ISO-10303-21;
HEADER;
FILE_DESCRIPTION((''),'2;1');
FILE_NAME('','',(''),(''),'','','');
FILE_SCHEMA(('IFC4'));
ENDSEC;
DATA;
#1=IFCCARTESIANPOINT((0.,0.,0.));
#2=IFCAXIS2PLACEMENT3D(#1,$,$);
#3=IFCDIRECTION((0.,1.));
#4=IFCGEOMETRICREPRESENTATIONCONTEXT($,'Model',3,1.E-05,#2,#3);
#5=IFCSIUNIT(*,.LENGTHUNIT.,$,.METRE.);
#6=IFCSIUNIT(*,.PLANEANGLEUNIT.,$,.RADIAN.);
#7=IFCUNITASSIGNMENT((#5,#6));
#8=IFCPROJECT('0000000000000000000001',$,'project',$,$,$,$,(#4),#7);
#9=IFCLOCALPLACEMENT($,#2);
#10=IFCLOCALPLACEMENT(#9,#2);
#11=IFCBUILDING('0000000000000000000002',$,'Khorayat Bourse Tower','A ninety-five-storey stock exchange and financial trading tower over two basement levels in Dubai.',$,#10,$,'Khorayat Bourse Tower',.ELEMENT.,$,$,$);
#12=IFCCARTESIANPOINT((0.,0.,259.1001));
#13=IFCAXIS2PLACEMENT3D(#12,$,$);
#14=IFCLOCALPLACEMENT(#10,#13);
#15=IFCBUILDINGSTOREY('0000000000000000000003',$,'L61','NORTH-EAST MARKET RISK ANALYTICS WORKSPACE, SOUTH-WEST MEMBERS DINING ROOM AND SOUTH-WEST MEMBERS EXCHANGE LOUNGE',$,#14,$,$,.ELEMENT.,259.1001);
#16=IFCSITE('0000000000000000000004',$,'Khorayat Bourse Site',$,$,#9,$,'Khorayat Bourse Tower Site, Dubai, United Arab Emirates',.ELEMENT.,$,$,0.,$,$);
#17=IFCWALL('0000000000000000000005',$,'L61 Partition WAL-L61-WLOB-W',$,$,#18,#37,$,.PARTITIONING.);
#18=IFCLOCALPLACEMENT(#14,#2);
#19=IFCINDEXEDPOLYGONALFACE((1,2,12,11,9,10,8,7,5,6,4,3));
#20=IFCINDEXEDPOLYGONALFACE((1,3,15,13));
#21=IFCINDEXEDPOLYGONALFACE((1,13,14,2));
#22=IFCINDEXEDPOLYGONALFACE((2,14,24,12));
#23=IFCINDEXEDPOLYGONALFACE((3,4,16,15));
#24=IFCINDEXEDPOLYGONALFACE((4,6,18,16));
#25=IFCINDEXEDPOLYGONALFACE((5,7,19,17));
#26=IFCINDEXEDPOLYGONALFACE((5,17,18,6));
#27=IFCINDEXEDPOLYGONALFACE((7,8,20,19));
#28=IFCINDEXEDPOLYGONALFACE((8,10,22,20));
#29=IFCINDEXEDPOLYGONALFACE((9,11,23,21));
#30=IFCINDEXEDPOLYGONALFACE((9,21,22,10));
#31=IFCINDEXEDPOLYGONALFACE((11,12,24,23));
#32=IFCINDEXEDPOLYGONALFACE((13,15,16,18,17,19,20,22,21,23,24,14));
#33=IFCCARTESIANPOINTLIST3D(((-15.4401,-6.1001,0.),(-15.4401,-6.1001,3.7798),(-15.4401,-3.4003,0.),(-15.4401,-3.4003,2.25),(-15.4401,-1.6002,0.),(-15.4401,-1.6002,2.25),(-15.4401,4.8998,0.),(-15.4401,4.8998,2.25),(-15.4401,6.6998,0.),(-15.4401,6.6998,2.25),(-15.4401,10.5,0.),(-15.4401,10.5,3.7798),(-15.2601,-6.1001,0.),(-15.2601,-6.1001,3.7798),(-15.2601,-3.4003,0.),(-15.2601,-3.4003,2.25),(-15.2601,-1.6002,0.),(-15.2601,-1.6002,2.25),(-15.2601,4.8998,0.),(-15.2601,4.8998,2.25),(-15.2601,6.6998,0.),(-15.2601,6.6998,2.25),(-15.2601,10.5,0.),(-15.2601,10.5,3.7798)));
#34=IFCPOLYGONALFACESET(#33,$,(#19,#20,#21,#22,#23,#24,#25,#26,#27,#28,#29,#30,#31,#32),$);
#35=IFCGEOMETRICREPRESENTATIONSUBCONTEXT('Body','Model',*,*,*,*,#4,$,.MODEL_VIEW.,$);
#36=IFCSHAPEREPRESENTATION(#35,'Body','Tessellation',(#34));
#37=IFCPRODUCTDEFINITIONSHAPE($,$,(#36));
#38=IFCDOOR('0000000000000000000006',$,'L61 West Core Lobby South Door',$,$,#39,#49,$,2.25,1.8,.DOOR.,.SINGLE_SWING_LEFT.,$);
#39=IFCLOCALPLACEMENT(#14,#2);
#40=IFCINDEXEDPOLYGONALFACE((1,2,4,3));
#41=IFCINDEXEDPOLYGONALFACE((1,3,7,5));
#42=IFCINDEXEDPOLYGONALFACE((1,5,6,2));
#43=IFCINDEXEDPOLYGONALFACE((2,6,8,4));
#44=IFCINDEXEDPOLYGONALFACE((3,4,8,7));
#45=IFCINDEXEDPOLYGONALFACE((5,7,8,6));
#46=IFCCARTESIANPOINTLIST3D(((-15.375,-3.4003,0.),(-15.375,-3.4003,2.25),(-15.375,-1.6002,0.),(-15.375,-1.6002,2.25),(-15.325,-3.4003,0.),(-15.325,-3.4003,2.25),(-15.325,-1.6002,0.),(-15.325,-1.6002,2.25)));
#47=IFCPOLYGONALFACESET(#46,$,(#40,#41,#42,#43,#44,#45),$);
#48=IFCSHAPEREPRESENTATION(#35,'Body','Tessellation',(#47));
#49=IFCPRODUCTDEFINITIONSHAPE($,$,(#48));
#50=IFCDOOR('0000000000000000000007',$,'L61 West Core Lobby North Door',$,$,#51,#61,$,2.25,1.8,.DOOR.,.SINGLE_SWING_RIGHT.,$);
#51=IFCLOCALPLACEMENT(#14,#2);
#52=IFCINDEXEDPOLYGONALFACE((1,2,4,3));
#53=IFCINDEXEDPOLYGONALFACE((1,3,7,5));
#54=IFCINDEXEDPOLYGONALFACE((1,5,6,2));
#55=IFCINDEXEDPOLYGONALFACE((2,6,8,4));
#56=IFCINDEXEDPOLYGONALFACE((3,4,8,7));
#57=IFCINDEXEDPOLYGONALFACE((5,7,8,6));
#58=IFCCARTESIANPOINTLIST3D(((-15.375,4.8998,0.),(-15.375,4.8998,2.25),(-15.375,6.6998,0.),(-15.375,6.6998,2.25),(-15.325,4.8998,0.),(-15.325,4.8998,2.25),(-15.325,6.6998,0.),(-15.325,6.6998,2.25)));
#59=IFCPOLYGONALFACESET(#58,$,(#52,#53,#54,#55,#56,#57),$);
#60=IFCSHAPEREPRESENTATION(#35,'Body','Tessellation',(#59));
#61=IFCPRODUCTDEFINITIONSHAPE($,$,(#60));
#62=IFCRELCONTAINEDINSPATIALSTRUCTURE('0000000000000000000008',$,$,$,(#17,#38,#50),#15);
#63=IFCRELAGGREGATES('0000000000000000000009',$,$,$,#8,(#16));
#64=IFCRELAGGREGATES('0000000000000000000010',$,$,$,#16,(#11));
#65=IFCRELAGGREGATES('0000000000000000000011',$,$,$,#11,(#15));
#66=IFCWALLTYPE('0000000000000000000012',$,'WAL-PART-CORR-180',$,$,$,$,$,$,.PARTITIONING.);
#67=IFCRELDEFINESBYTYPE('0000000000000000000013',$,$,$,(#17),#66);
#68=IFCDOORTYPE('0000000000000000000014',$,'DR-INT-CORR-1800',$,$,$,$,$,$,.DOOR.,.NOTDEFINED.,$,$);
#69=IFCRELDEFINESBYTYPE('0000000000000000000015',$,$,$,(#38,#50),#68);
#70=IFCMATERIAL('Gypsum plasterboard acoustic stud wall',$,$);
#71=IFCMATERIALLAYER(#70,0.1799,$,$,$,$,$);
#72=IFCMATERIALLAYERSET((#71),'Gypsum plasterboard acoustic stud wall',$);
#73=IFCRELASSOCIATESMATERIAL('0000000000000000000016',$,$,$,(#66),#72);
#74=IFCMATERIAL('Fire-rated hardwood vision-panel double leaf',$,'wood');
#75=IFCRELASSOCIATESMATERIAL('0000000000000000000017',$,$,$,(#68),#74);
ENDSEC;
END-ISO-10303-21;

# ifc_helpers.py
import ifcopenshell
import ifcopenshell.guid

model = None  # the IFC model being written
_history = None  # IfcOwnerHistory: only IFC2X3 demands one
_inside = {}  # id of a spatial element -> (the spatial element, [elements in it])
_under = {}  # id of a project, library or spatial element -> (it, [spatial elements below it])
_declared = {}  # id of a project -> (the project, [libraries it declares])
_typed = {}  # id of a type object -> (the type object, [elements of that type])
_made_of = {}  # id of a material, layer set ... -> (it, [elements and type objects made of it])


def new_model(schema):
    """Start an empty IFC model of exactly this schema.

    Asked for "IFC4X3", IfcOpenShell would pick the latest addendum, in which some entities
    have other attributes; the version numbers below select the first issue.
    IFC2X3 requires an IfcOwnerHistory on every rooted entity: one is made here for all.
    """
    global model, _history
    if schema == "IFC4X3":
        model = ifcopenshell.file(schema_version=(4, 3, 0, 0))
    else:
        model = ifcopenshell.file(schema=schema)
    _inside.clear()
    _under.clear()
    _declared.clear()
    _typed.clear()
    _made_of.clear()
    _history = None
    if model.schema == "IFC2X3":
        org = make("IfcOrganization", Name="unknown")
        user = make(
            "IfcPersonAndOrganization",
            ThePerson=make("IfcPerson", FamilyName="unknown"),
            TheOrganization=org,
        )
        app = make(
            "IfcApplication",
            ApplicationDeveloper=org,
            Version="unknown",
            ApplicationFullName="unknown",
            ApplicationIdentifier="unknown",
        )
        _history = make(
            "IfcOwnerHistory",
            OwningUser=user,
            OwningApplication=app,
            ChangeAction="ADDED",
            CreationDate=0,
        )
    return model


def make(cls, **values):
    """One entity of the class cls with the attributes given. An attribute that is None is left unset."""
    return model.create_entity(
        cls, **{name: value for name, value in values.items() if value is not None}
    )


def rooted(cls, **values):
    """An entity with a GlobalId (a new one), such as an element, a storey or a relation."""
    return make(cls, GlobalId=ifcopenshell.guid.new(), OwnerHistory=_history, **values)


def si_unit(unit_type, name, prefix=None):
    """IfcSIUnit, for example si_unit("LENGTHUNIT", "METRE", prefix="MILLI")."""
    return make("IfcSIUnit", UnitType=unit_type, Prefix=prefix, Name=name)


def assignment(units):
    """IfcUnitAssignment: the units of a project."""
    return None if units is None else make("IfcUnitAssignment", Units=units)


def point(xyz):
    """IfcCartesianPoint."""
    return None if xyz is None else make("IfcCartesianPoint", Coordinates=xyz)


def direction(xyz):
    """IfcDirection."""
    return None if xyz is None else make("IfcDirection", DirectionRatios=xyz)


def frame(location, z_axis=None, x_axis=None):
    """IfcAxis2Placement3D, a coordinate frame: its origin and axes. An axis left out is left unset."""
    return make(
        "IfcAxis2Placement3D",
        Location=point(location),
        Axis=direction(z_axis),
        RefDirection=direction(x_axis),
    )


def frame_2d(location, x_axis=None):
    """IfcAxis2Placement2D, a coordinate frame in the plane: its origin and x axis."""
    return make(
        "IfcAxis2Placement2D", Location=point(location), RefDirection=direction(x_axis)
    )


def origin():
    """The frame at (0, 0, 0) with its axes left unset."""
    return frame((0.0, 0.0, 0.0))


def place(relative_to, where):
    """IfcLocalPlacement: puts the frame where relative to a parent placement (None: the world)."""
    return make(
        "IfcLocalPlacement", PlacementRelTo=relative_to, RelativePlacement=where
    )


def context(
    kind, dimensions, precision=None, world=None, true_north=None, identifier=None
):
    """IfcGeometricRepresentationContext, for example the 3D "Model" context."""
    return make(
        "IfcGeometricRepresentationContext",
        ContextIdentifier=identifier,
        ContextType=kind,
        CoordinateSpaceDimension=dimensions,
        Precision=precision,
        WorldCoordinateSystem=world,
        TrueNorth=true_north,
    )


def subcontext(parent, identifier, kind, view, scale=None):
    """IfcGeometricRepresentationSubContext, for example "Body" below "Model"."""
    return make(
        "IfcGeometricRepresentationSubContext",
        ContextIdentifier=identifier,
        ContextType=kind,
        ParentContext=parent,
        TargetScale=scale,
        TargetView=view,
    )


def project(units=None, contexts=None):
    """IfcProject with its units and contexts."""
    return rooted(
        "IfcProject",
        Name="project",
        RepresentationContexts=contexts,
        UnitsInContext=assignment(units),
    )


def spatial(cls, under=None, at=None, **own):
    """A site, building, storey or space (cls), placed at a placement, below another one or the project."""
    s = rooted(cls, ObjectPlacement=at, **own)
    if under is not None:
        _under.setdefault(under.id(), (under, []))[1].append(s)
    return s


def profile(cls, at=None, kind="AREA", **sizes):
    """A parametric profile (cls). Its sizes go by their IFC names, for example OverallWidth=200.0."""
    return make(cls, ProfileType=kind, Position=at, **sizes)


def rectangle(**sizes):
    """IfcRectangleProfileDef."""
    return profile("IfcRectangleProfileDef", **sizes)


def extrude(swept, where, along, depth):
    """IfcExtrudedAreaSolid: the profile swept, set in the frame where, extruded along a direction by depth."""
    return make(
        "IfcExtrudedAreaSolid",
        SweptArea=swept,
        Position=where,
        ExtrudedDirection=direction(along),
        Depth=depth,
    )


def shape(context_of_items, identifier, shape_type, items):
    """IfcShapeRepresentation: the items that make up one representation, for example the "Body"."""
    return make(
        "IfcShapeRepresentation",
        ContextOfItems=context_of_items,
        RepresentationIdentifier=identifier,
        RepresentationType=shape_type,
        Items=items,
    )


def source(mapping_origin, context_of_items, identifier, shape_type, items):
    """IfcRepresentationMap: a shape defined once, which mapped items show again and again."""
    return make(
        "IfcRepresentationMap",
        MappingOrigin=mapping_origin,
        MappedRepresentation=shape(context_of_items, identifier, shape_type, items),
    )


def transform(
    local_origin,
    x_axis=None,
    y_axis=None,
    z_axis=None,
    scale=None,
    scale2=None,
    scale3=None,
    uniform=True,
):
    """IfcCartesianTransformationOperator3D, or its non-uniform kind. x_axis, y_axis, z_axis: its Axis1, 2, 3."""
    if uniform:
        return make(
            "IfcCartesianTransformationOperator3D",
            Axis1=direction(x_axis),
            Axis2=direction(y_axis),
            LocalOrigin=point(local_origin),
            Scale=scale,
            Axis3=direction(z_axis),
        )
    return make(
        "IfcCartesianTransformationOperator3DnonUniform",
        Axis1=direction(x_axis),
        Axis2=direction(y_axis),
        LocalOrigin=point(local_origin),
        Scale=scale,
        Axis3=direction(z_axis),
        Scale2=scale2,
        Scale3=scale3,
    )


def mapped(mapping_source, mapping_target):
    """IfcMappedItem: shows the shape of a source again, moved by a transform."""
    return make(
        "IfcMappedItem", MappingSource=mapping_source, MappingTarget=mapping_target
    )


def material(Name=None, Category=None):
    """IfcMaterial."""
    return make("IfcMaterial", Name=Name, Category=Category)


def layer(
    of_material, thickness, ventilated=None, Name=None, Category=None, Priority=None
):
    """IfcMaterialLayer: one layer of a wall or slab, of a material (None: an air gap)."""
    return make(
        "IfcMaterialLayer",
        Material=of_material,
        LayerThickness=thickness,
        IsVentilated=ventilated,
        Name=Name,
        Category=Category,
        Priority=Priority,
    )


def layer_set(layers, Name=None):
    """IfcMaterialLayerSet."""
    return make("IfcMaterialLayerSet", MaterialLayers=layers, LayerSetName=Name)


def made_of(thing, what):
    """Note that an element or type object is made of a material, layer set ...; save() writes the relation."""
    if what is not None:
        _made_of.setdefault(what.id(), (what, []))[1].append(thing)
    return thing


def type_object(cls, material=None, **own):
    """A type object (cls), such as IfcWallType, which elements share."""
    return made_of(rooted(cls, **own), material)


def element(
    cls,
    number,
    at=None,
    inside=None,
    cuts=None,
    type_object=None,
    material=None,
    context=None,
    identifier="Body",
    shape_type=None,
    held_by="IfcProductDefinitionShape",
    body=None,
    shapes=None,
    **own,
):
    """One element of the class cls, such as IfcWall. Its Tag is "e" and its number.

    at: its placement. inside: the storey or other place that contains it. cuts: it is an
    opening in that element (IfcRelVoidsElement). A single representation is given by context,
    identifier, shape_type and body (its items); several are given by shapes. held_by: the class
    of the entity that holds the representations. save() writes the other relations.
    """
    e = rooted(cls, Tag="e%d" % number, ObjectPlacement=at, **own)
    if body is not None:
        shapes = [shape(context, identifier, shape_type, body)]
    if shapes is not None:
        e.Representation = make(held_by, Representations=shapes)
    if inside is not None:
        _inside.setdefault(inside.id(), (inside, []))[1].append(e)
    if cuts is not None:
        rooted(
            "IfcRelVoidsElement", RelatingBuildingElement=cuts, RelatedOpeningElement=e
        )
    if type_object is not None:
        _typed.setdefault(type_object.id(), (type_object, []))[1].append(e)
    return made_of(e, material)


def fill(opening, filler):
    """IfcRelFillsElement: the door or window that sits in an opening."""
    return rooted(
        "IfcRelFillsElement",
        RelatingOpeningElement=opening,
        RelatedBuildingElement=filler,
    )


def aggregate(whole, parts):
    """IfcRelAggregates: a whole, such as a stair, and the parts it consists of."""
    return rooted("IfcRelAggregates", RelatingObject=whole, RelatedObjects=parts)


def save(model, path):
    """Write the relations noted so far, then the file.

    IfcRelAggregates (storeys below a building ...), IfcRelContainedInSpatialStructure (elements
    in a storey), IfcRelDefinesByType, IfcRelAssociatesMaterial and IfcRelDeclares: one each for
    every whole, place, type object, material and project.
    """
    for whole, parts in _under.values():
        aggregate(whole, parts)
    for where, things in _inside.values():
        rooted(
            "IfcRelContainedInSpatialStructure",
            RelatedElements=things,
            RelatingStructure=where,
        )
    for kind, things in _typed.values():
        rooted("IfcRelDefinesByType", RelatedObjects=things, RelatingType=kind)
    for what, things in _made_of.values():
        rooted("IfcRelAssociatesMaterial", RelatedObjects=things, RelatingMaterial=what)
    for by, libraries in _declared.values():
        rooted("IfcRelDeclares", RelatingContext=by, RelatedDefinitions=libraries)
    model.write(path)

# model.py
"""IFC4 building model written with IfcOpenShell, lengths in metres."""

from ifc_helpers import new_model, si_unit, direction, frame, frame_2d, origin, place, context, subcontext, project, spatial, rectangle, extrude, source, transform, mapped, material, layer, layer_set, type_object, element, fill, save


model = new_model("IFC4")

# Units and contexts
model_context = context("Model", 3, precision=1e-05, world=origin(), true_north=direction((0.0, 1.0)))
body_context = subcontext(model_context, "Body", "Model", "MODEL_VIEW")
ifc_project = project(units=[si_unit("LENGTHUNIT", "METRE"), si_unit("PLANEANGLEUNIT", "RADIAN")], contexts=[model_context])

# Site, building, storey
site_placement = place(None, origin())
site = spatial("IfcSite", under=ifc_project, at=site_placement, Name="Khorayat Bourse Site", LongName="Khorayat Bourse Tower Site, Dubai, United Arab Emirates", CompositionType="ELEMENT", RefElevation=0.0)
building_placement = place(site_placement, origin())
building = spatial("IfcBuilding", under=site, at=building_placement, Name="Khorayat Bourse Tower", Description="A ninety-five-storey stock exchange and financial trading tower over two basement levels in Dubai.", LongName="Khorayat Bourse Tower", CompositionType="ELEMENT")
storey_placement = place(building_placement, frame((0.0, 0.0, 259.1001)))
storey = spatial("IfcBuildingStorey", under=building, at=storey_placement, Name="L61", Description="NORTH-EAST MARKET RISK ANALYTICS WORKSPACE, SOUTH-WEST MEMBERS DINING ROOM AND SOUTH-WEST MEMBERS EXCHANGE LOUNGE", CompositionType="ELEMENT", Elevation=259.1001)

# Wall, openings, doors
ifc_material_1 = material(Name="Gypsum plasterboard acoustic stud wall")
ifc_layer_1 = layer(ifc_material_1, 0.1799)
ifc_layer_set_1 = layer_set([ifc_layer_1], Name="Gypsum plasterboard acoustic stud wall")
wall_type_1 = type_object("IfcWallType", Name="WAL-PART-CORR-180", PredefinedType="PARTITIONING", material=ifc_layer_set_1)
shared_shape_1 = source(origin(), body_context, "Body", "SweptSolid", [
    extrude(rectangle(XDim=16.6001, YDim=0.1799, at=frame_2d((8.3, 0.0))), origin(), (0.0, 0.0, 1.0), 3.7798),
])
wall_1_placement = place(storey_placement, frame((-15.3501, -6.1001, 0.0), z_axis=(0.0, 0.0, 1.0), x_axis=(0.0, 1.0, 0.0)))
wall_1 = element("IfcWall", 1, at=wall_1_placement, inside=storey, type_object=wall_type_1, Name="L61 Partition WAL-L61-WLOB-W", PredefinedType="PARTITIONING", context=body_context, shape_type="MappedRepresentation", body=[
    mapped(shared_shape_1, transform((0.0, 0.0, 0.0), scale=1.0)),
])
shared_shape_2 = source(origin(), body_context, "Body", "SweptSolid", [
    extrude(rectangle(XDim=1.8, YDim=2.25, at=frame_2d((0.8999, 1.125))), frame((0.0, 0.0999, 0.0), z_axis=(0.0, -1.0, 0.0), x_axis=(1.0, 0.0, 0.0)), (0.0, 0.0, 1.0), 0.2),
])
opening_1_placement = place(wall_1_placement, frame((2.7, 0.0, 0.0)))
opening_1 = element("IfcOpeningElement", 2, at=opening_1_placement, cuts=wall_1, PredefinedType="OPENING", context=body_context, shape_type="MappedRepresentation", body=[
    mapped(shared_shape_2, transform((0.0, 0.0, 0.0), scale=1.0)),
])
opening_2_placement = place(wall_1_placement, frame((11.0, 0.0, 0.0)))
opening_2 = element("IfcOpeningElement", 3, at=opening_2_placement, cuts=wall_1, PredefinedType="OPENING", context=body_context, shape_type="MappedRepresentation", body=[
    mapped(shared_shape_2, transform((0.0, 0.0, 0.0), scale=1.0)),
])
ifc_material_2 = material(Name="Fire-rated hardwood vision-panel double leaf", Category="wood")
door_type_1 = type_object("IfcDoorType", Name="DR-INT-CORR-1800", OperationType="NOTDEFINED", PredefinedType="DOOR", material=ifc_material_2)
shared_shape_3 = source(origin(), body_context, "Body", "SweptSolid", [
    extrude(rectangle(XDim=1.8, YDim=2.25, at=frame_2d((0.8999, 1.125))), frame((0.0, 0.0249, 0.0), z_axis=(0.0, -1.0, 0.0), x_axis=(1.0, 0.0, 0.0)), (0.0, 0.0, 1.0), 0.05),
])
door_1_placement = place(opening_1_placement, origin())
door_1 = element("IfcDoor", 4, at=door_1_placement, inside=storey, type_object=door_type_1, Name="L61 West Core Lobby South Door", OperationType="SINGLE_SWING_LEFT", OverallHeight=2.25, OverallWidth=1.8, PredefinedType="DOOR", context=body_context, shape_type="MappedRepresentation", body=[
    mapped(shared_shape_3, transform((0.0, 0.0, 0.0), scale=1.0)),
])
fill(opening_1, door_1)
door_2_placement = place(opening_2_placement, origin())
door_2 = element("IfcDoor", 5, at=door_2_placement, inside=storey, type_object=door_type_1, Name="L61 West Core Lobby North Door", OperationType="SINGLE_SWING_RIGHT", OverallHeight=2.25, OverallWidth=1.8, PredefinedType="DOOR", context=body_context, shape_type="MappedRepresentation", body=[
    mapped(shared_shape_3, transform((0.0, 0.0, 0.0), scale=1.0)),
])
fill(opening_2, door_2)

save(model, "model.ifc")
